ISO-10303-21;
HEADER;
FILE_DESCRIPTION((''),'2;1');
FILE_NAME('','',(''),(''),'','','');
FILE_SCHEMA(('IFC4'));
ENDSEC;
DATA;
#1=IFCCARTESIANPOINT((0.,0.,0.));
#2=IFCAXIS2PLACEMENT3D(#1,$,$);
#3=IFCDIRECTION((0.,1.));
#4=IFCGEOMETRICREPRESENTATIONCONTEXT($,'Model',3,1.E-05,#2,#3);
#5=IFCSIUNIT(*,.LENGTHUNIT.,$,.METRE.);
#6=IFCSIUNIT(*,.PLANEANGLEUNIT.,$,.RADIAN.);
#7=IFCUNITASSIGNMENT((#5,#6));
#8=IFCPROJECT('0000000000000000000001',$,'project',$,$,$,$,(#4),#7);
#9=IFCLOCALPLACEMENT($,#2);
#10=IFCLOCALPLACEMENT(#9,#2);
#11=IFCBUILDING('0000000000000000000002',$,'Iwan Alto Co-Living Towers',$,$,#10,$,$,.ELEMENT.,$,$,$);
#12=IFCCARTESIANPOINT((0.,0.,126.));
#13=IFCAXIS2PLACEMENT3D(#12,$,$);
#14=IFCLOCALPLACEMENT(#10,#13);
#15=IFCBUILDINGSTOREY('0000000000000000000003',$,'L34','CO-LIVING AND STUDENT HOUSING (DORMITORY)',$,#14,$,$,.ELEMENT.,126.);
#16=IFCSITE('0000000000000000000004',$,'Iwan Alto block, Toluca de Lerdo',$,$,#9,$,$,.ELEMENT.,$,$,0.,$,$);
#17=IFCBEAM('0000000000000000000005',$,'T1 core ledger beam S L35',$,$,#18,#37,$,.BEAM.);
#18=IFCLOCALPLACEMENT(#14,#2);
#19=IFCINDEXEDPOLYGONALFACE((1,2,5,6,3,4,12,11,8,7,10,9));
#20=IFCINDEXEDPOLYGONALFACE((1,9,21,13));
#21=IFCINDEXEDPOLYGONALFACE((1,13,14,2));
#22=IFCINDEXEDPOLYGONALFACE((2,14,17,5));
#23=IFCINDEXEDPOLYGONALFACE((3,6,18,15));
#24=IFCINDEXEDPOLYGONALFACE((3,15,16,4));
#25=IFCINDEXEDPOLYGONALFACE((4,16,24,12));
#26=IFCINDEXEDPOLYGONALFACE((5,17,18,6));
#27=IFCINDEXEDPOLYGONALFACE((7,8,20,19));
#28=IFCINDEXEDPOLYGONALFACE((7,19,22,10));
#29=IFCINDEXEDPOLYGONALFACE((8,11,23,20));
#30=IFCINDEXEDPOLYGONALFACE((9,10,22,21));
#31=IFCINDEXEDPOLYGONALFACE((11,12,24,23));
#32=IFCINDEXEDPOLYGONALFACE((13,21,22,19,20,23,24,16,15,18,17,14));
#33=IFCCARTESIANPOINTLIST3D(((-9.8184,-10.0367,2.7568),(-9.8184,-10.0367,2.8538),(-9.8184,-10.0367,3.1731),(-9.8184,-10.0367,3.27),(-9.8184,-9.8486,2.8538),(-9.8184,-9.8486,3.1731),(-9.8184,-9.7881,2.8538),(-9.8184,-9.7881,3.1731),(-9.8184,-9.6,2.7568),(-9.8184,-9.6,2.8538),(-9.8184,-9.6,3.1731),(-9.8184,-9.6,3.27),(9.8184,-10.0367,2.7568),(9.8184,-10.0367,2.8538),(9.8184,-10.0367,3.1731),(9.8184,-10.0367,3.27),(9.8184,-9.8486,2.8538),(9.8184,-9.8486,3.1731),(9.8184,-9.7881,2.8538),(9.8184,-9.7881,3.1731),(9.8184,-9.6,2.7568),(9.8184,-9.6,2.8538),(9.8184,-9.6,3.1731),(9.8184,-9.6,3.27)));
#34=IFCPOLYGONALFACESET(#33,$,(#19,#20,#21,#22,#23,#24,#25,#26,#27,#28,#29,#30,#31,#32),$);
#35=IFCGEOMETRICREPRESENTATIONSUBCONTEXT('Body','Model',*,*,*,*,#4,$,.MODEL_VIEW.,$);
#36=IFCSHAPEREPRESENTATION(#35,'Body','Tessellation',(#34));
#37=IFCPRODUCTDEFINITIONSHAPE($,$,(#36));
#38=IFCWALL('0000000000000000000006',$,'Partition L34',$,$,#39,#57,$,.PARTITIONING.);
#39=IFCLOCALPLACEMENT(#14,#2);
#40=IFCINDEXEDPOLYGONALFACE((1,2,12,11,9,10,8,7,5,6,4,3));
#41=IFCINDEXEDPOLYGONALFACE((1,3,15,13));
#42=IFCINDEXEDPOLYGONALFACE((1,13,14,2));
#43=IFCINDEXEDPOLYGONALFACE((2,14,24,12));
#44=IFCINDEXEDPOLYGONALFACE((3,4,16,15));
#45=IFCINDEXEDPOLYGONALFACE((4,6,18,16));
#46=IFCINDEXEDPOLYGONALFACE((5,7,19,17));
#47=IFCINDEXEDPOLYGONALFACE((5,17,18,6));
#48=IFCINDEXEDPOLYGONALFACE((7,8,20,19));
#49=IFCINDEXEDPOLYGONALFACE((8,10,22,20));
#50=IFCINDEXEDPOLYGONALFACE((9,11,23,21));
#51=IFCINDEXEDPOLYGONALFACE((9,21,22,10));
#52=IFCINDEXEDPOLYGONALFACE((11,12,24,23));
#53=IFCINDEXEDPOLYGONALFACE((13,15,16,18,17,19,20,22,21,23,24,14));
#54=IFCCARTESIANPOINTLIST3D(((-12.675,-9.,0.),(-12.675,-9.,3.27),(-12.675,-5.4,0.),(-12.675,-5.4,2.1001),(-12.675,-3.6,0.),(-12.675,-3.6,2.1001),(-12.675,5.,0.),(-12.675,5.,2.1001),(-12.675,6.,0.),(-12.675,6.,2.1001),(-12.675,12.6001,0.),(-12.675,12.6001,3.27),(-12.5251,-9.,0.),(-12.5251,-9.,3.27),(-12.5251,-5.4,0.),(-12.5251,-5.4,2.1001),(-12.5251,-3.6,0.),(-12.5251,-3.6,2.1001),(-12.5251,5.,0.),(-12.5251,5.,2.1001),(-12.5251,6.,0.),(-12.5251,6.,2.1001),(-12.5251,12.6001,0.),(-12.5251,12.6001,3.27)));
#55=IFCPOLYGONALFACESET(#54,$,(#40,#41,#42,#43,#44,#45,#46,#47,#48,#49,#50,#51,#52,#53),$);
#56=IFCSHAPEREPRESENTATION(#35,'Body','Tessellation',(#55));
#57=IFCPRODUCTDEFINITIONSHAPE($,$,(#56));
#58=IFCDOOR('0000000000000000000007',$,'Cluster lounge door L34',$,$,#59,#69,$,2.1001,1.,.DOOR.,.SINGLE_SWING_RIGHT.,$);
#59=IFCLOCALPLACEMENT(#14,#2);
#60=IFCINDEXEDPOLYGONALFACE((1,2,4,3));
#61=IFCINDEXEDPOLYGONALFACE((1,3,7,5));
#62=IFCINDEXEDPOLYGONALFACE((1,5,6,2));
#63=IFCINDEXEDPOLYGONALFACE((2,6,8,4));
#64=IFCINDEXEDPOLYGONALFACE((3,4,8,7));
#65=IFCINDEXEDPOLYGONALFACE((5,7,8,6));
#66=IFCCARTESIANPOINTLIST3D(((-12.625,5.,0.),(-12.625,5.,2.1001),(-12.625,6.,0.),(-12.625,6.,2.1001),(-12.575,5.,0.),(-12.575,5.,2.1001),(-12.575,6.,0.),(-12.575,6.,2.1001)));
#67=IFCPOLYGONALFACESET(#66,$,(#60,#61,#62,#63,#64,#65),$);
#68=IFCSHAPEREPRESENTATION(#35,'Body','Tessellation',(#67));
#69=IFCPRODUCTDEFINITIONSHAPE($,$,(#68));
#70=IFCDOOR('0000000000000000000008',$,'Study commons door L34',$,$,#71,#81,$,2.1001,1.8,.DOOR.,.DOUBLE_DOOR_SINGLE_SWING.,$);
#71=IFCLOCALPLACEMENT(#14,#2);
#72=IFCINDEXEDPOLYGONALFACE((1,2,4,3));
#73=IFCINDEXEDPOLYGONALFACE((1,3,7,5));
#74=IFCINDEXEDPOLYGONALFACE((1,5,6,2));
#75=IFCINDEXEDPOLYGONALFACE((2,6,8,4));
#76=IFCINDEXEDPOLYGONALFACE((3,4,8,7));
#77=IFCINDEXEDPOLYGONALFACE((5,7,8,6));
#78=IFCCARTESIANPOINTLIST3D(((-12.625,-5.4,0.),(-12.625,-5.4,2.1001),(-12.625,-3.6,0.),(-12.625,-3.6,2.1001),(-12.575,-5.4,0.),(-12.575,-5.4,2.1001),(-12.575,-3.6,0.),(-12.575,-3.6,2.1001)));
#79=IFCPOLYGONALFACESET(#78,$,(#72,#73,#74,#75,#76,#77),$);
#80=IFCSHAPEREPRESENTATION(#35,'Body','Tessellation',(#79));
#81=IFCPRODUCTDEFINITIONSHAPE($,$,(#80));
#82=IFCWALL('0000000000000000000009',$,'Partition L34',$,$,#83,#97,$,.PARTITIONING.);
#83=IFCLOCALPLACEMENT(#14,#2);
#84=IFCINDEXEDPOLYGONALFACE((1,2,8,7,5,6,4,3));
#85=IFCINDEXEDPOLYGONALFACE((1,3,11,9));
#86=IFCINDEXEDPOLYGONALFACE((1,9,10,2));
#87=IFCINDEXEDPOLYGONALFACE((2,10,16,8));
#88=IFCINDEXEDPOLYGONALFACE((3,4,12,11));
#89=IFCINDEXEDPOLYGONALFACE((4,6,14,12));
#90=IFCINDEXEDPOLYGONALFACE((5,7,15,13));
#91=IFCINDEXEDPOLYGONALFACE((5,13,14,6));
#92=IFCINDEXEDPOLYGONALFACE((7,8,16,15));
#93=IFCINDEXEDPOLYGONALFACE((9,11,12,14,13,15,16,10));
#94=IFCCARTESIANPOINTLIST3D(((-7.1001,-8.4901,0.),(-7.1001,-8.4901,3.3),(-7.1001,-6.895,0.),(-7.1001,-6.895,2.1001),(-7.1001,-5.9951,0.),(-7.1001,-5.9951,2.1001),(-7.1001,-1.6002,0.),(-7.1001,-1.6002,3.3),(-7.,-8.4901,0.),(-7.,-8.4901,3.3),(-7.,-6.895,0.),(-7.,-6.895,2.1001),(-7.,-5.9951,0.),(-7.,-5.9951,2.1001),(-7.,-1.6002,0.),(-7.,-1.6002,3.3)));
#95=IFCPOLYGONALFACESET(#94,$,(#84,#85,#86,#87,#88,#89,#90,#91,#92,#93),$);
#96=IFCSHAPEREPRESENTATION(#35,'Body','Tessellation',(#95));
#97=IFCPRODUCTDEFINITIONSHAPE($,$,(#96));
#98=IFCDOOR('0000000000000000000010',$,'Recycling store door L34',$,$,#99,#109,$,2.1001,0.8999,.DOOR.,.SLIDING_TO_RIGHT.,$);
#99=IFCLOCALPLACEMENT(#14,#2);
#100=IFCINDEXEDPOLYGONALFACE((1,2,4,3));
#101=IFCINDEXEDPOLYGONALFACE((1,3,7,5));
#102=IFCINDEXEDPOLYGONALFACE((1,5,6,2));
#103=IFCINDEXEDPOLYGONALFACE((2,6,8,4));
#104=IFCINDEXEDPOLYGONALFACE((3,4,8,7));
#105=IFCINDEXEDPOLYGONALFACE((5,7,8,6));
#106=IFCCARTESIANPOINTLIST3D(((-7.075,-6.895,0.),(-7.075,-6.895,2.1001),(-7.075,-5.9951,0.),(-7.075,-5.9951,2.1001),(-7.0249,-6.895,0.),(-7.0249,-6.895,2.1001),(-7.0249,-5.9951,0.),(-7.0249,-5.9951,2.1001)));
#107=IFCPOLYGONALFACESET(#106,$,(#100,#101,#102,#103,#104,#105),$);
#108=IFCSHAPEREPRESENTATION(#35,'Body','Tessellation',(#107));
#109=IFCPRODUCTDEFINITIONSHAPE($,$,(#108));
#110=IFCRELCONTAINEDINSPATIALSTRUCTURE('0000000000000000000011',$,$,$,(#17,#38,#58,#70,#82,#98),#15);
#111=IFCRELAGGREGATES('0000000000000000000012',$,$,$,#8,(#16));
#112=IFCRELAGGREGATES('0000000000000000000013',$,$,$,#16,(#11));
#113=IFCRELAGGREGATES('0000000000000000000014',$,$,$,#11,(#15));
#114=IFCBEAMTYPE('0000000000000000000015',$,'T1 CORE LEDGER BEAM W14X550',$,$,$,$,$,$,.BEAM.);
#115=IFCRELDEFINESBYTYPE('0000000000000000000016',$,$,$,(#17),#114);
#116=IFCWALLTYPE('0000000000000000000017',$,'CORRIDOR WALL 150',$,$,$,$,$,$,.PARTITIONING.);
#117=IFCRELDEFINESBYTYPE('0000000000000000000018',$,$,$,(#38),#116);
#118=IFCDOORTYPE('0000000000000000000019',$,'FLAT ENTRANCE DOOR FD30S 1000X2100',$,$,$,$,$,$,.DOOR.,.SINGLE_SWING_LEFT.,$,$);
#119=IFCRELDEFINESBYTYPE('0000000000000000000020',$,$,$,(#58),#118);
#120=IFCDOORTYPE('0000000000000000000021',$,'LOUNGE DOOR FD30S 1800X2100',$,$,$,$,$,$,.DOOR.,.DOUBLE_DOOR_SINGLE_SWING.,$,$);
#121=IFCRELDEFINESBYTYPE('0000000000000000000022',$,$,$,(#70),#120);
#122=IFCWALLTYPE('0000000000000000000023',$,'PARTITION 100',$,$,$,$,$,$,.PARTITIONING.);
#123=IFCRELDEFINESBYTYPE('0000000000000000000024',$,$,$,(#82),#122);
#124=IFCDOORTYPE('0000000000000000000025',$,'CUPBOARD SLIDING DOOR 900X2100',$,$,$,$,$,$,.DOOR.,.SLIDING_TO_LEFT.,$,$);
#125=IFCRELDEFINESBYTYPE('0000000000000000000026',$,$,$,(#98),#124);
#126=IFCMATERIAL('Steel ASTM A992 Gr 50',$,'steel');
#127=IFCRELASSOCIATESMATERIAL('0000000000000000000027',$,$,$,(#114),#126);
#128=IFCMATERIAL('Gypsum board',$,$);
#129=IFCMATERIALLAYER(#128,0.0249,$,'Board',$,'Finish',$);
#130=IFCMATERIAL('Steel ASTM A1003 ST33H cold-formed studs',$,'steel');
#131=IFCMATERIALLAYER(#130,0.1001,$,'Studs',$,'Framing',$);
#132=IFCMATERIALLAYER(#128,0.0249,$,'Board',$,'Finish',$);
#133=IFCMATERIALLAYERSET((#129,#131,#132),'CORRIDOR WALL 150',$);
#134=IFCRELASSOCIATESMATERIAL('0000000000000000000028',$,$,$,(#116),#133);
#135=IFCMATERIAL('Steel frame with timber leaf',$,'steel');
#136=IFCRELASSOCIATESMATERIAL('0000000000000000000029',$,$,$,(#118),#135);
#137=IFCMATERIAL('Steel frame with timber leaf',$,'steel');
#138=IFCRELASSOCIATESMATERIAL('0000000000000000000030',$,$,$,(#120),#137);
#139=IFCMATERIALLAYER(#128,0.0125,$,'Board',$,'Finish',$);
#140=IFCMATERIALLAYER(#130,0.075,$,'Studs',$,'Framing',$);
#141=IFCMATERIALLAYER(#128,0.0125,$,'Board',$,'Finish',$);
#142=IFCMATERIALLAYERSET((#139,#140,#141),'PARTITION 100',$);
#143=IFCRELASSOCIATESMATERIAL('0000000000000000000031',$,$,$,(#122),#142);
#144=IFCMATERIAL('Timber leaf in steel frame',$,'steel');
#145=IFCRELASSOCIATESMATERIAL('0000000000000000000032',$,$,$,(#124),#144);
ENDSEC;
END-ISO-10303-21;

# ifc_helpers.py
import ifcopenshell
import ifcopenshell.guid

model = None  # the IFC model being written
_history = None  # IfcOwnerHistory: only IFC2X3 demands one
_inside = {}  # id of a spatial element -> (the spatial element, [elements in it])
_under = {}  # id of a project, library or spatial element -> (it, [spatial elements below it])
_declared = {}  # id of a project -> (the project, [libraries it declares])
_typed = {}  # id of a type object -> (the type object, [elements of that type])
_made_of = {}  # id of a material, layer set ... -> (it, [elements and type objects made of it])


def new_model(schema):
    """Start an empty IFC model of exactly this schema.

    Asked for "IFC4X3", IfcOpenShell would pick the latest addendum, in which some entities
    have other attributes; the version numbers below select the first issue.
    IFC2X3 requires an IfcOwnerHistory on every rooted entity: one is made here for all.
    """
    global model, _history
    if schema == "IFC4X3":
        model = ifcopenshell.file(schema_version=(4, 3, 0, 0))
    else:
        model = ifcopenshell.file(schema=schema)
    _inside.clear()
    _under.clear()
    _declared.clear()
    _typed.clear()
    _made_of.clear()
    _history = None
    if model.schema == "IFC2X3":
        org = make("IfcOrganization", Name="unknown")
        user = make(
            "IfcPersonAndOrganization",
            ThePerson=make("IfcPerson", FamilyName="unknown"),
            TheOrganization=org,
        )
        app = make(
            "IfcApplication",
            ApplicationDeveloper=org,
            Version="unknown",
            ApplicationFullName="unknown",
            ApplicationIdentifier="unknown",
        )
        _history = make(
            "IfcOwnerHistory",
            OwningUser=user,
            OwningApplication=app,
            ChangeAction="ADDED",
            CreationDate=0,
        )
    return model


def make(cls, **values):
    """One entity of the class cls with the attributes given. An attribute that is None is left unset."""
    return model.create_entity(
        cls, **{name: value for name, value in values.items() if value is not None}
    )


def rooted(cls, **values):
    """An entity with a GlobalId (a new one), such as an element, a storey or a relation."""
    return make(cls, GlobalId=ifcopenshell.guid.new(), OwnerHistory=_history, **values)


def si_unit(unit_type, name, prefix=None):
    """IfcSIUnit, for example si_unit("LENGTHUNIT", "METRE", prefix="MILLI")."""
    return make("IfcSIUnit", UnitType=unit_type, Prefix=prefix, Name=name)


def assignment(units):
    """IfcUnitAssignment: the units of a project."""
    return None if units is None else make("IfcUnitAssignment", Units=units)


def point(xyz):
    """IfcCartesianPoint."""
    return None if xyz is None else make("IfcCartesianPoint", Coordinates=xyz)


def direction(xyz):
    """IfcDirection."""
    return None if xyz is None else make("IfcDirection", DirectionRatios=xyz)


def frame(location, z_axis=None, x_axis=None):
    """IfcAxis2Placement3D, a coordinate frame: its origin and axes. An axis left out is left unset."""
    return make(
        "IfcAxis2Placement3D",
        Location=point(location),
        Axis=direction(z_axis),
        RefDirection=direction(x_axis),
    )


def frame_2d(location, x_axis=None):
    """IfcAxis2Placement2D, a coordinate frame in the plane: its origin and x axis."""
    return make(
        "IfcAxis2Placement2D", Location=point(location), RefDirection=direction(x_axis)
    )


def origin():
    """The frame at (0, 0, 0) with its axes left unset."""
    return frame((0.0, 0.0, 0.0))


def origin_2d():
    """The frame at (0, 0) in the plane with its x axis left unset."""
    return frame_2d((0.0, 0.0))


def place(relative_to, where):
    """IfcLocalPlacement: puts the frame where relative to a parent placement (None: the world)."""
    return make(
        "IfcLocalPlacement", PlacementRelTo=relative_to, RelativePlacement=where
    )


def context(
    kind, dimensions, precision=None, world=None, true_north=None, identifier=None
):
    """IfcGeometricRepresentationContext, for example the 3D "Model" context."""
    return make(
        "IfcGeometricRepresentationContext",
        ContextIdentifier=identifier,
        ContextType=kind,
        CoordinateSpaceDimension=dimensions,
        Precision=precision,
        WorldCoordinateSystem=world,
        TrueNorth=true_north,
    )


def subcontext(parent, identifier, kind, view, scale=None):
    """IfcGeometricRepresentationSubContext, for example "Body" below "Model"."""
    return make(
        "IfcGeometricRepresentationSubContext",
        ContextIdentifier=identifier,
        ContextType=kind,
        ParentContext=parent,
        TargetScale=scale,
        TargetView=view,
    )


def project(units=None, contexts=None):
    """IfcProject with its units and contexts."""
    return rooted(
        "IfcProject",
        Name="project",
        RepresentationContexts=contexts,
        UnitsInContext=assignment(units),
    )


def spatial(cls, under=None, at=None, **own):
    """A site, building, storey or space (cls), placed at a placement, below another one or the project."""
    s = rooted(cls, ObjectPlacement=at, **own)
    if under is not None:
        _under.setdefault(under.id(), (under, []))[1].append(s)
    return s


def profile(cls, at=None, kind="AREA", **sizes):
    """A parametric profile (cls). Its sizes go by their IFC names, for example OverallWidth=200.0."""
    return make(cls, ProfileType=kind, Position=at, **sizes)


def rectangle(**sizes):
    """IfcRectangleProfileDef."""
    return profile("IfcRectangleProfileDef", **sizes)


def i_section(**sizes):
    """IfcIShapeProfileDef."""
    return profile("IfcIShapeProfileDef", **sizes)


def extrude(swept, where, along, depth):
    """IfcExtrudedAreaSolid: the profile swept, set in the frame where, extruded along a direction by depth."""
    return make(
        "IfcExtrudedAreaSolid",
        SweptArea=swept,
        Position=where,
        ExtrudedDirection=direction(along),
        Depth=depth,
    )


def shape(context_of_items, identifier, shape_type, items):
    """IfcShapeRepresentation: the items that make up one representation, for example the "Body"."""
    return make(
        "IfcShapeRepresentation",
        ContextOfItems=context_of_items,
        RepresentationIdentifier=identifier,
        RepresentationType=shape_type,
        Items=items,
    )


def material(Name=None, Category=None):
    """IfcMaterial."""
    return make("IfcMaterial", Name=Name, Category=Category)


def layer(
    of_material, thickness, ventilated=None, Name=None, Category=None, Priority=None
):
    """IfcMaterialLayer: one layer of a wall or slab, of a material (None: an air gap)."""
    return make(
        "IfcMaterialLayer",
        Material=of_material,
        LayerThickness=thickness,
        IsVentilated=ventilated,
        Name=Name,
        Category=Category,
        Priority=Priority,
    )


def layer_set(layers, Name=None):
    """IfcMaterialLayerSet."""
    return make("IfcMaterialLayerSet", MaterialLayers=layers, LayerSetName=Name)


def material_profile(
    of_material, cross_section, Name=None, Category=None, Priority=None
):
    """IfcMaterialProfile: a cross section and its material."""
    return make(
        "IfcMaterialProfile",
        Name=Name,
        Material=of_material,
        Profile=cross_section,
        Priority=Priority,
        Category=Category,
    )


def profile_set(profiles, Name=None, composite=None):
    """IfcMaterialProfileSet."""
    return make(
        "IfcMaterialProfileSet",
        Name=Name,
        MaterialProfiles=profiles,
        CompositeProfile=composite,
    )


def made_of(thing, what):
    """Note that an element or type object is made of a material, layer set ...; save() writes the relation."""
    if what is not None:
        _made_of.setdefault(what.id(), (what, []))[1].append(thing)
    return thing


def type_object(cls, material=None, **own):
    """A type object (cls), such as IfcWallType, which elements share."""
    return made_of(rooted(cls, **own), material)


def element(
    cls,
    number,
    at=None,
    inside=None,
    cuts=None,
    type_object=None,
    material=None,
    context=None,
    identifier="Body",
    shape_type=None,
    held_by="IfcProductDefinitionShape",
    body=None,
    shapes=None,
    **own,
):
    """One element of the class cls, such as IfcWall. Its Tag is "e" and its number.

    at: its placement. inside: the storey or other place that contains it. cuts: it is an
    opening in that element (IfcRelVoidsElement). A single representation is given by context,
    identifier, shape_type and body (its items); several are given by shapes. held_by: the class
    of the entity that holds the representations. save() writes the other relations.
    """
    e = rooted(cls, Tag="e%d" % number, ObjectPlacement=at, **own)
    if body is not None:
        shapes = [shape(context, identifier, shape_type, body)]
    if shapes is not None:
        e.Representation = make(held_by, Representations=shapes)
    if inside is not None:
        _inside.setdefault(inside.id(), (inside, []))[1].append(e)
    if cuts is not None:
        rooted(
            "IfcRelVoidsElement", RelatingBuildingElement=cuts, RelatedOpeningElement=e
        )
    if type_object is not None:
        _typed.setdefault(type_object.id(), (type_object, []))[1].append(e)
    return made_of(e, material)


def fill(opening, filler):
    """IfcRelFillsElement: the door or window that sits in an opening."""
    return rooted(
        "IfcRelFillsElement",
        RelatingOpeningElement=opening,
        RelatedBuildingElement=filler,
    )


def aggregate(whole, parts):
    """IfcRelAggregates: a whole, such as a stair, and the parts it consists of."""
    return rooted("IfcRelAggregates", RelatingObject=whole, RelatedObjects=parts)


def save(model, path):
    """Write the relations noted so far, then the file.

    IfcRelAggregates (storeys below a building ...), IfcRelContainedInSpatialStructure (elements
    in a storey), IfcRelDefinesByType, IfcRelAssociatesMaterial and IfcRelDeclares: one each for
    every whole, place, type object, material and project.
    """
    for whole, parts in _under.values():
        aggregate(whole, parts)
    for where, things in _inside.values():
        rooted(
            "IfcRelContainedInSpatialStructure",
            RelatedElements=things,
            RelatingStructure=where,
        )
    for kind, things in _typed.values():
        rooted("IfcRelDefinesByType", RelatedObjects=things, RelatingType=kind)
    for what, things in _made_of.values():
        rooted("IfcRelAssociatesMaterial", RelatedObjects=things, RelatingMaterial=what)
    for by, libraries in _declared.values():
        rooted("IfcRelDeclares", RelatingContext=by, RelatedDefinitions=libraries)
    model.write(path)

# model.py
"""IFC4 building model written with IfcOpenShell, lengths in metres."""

from ifc_helpers import new_model, si_unit, direction, frame, frame_2d, origin, origin_2d, place, context, subcontext, project, spatial, rectangle, i_section, extrude, material, layer, layer_set, material_profile, profile_set, type_object, element, fill, save


model = new_model("IFC4")

# Units and contexts
model_context = context("Model", 3, precision=1e-05, world=origin(), true_north=direction((0.0, 1.0)))
body_context = subcontext(model_context, "Body", "Model", "MODEL_VIEW")
ifc_project = project(units=[si_unit("LENGTHUNIT", "METRE"), si_unit("PLANEANGLEUNIT", "RADIAN")], contexts=[model_context])

# Site, building, storey
site_placement = place(None, origin())
site = spatial("IfcSite", under=ifc_project, at=site_placement, Name="Iwan Alto block, Toluca de Lerdo", CompositionType="ELEMENT", RefElevation=0.0)
building_placement = place(site_placement, origin())
building = spatial("IfcBuilding", under=site, at=building_placement, Name="Iwan Alto Co-Living Towers", CompositionType="ELEMENT")
storey_placement = place(building_placement, frame((0.0, 0.0, 126.0)))
storey = spatial("IfcBuildingStorey", under=building, at=storey_placement, Name="L34", Description="CO-LIVING AND STUDENT HOUSING (DORMITORY)", CompositionType="ELEMENT", Elevation=126.0)

# Beam
ifc_material_1 = material(Name="Steel ASTM A992 Gr 50", Category="steel")
ifc_material_profile = material_profile(ifc_material_1, i_section(OverallWidth=0.4368, OverallDepth=0.5132, WebThickness=0.0605, FlangeThickness=0.0969, at=origin_2d()), Name="W14X550")
ifc_profile_set = profile_set([ifc_material_profile], Name="Steel ASTM A992 Gr 50")
beam_type = type_object("IfcBeamType", Name="T1 CORE LEDGER BEAM W14X550", PredefinedType="BEAM", material=ifc_profile_set)
beam_placement = place(storey_placement, frame((-9.8184, -9.8184, 3.0134), z_axis=(1.0, 0.0, 0.0), x_axis=(0.0, 1.0, 0.0)))
element("IfcBeam", 1, at=beam_placement, inside=storey, type_object=beam_type, Name="T1 core ledger beam S L35", PredefinedType="BEAM", context=body_context, shape_type="SweptSolid", body=[
    extrude(i_section(OverallWidth=0.4368, OverallDepth=0.5132, WebThickness=0.0605, FlangeThickness=0.0969, at=origin_2d()), origin(), (0.0, 0.0, 1.0), 19.6367),
])

# Wall, openings, doors
ifc_material_2 = material(Name="Gypsum board")
ifc_layer_1 = layer(ifc_material_2, 0.0249, Name="Board", Category="Finish")
ifc_material_3 = material(Name="Steel ASTM A1003 ST33H cold-formed studs", Category="steel")
ifc_layer_2 = layer(ifc_material_3, 0.1001, Name="Studs", Category="Framing")
ifc_layer_3 = layer(ifc_material_2, 0.0249, Name="Board", Category="Finish")
ifc_layer_set_1 = layer_set([ifc_layer_1, ifc_layer_2, ifc_layer_3], Name="CORRIDOR WALL 150")
wall_type_1 = type_object("IfcWallType", Name="CORRIDOR WALL 150", PredefinedType="PARTITIONING", material=ifc_layer_set_1)
wall_1_placement = place(storey_placement, frame((-12.6001, -9.0, 0.0), z_axis=(0.0, 0.0, 1.0), x_axis=(0.0, 1.0, 0.0)))
wall_1 = element("IfcWall", 2, at=wall_1_placement, inside=storey, type_object=wall_type_1, Name="Partition L34", PredefinedType="PARTITIONING", context=body_context, shape_type="SweptSolid", body=[
    extrude(rectangle(XDim=21.6001, YDim=0.1499, at=frame_2d((10.8, 0.0))), origin(), (0.0, 0.0, 1.0), 3.27),
])
opening_1_placement = place(wall_1_placement, frame((14.0, 0.0, 0.0)))
opening_1 = element("IfcOpeningElement", 3, at=opening_1_placement, cuts=wall_1, PredefinedType="OPENING", context=body_context, shape_type="SweptSolid", body=[
    extrude(rectangle(XDim=1.0, YDim=2.1001, at=frame_2d((0.5, 1.05))), frame((0.0, 0.085, 0.0), z_axis=(0.0, -1.0, 0.0), x_axis=(1.0, 0.0, 0.0)), (0.0, 0.0, 1.0), 0.1699),
])
opening_2_placement = place(wall_1_placement, frame((3.6001, 0.0, 0.0)))
opening_2 = element("IfcOpeningElement", 4, at=opening_2_placement, cuts=wall_1, PredefinedType="OPENING", context=body_context, shape_type="SweptSolid", body=[
    extrude(rectangle(XDim=1.8, YDim=2.1001, at=frame_2d((0.8999, 1.05))), frame((0.0, 0.085, 0.0), z_axis=(0.0, -1.0, 0.0), x_axis=(1.0, 0.0, 0.0)), (0.0, 0.0, 1.0), 0.1699),
])
ifc_material_4 = material(Name="Steel frame with timber leaf", Category="steel")
door_type_1 = type_object("IfcDoorType", Name="FLAT ENTRANCE DOOR FD30S 1000X2100", OperationType="SINGLE_SWING_LEFT", PredefinedType="DOOR", material=ifc_material_4)
door_1_placement = place(opening_1_placement, origin())
door_1 = element("IfcDoor", 5, at=door_1_placement, inside=storey, type_object=door_type_1, Name="Cluster lounge door L34", OperationType="SINGLE_SWING_RIGHT", OverallHeight=2.1001, OverallWidth=1.0, PredefinedType="DOOR", context=body_context, shape_type="SweptSolid", body=[
    extrude(rectangle(XDim=1.0, YDim=2.1001, at=frame_2d((0.5, 1.05))), frame((0.0, 0.0249, 0.0), z_axis=(0.0, -1.0, 0.0), x_axis=(1.0, 0.0, 0.0)), (0.0, 0.0, 1.0), 0.05),
])
fill(opening_1, door_1)
ifc_material_5 = material(Name="Steel frame with timber leaf", Category="steel")
door_type_2 = type_object("IfcDoorType", Name="LOUNGE DOOR FD30S 1800X2100", OperationType="DOUBLE_DOOR_SINGLE_SWING", PredefinedType="DOOR", material=ifc_material_5)
door_2_placement = place(opening_2_placement, origin())
door_2 = element("IfcDoor", 6, at=door_2_placement, inside=storey, type_object=door_type_2, Name="Study commons door L34", OperationType="DOUBLE_DOOR_SINGLE_SWING", OverallHeight=2.1001, OverallWidth=1.8, PredefinedType="DOOR", context=body_context, shape_type="SweptSolid", body=[
    extrude(rectangle(XDim=1.8, YDim=2.1001, at=frame_2d((0.8999, 1.05))), frame((0.0, 0.0249, 0.0), z_axis=(0.0, -1.0, 0.0), x_axis=(1.0, 0.0, 0.0)), (0.0, 0.0, 1.0), 0.05),
])
fill(opening_2, door_2)

# Wall, opening, door
ifc_layer_4 = layer(ifc_material_2, 0.0125, Name="Board", Category="Finish")
ifc_layer_5 = layer(ifc_material_3, 0.075, Name="Studs", Category="Framing")
ifc_layer_6 = layer(ifc_material_2, 0.0125, Name="Board", Category="Finish")
ifc_layer_set_2 = layer_set([ifc_layer_4, ifc_layer_5, ifc_layer_6], Name="PARTITION 100")
wall_type_2 = type_object("IfcWallType", Name="PARTITION 100", PredefinedType="PARTITIONING", material=ifc_layer_set_2)
wall_2_placement = place(storey_placement, frame((-7.05, -8.49, 0.0), z_axis=(0.0, 0.0, 1.0), x_axis=(0.0, 1.0, 0.0)))
wall_2 = element("IfcWall", 7, at=wall_2_placement, inside=storey, type_object=wall_type_2, Name="Partition L34", PredefinedType="PARTITIONING", context=body_context, shape_type="SweptSolid", body=[
    extrude(rectangle(XDim=6.8899, YDim=0.1001, at=frame_2d((3.4448, 0.0))), origin(), (0.0, 0.0, 1.0), 3.3),
])
opening_3_placement = place(wall_2_placement, frame((1.595, 0.0, 0.0)))
opening_3 = element("IfcOpeningElement", 8, at=opening_3_placement, cuts=wall_2, PredefinedType="OPENING", context=body_context, shape_type="SweptSolid", body=[
    extrude(rectangle(XDim=0.8999, YDim=2.1001, at=frame_2d((0.45, 1.05))), frame((0.0, 0.0601, 0.0), z_axis=(0.0, -1.0, 0.0), x_axis=(1.0, 0.0, 0.0)), (0.0, 0.0, 1.0), 0.1201),
])
ifc_material_6 = material(Name="Timber leaf in steel frame", Category="steel")
door_type_3 = type_object("IfcDoorType", Name="CUPBOARD SLIDING DOOR 900X2100", OperationType="SLIDING_TO_LEFT", PredefinedType="DOOR", material=ifc_material_6)
door_3_placement = place(opening_3_placement, origin())
door_3 = element("IfcDoor", 9, at=door_3_placement, inside=storey, type_object=door_type_3, Name="Recycling store door L34", OperationType="SLIDING_TO_RIGHT", OverallHeight=2.1001, OverallWidth=0.8999, PredefinedType="DOOR", context=body_context, shape_type="SweptSolid", body=[
    extrude(rectangle(XDim=0.8999, YDim=2.1001, at=frame_2d((0.45, 1.05))), frame((0.0, 0.0249, 0.0), z_axis=(0.0, -1.0, 0.0), x_axis=(1.0, 0.0, 0.0)), (0.0, 0.0, 1.0), 0.05),
])
fill(opening_3, door_3)

save(model, "model.ifc")
